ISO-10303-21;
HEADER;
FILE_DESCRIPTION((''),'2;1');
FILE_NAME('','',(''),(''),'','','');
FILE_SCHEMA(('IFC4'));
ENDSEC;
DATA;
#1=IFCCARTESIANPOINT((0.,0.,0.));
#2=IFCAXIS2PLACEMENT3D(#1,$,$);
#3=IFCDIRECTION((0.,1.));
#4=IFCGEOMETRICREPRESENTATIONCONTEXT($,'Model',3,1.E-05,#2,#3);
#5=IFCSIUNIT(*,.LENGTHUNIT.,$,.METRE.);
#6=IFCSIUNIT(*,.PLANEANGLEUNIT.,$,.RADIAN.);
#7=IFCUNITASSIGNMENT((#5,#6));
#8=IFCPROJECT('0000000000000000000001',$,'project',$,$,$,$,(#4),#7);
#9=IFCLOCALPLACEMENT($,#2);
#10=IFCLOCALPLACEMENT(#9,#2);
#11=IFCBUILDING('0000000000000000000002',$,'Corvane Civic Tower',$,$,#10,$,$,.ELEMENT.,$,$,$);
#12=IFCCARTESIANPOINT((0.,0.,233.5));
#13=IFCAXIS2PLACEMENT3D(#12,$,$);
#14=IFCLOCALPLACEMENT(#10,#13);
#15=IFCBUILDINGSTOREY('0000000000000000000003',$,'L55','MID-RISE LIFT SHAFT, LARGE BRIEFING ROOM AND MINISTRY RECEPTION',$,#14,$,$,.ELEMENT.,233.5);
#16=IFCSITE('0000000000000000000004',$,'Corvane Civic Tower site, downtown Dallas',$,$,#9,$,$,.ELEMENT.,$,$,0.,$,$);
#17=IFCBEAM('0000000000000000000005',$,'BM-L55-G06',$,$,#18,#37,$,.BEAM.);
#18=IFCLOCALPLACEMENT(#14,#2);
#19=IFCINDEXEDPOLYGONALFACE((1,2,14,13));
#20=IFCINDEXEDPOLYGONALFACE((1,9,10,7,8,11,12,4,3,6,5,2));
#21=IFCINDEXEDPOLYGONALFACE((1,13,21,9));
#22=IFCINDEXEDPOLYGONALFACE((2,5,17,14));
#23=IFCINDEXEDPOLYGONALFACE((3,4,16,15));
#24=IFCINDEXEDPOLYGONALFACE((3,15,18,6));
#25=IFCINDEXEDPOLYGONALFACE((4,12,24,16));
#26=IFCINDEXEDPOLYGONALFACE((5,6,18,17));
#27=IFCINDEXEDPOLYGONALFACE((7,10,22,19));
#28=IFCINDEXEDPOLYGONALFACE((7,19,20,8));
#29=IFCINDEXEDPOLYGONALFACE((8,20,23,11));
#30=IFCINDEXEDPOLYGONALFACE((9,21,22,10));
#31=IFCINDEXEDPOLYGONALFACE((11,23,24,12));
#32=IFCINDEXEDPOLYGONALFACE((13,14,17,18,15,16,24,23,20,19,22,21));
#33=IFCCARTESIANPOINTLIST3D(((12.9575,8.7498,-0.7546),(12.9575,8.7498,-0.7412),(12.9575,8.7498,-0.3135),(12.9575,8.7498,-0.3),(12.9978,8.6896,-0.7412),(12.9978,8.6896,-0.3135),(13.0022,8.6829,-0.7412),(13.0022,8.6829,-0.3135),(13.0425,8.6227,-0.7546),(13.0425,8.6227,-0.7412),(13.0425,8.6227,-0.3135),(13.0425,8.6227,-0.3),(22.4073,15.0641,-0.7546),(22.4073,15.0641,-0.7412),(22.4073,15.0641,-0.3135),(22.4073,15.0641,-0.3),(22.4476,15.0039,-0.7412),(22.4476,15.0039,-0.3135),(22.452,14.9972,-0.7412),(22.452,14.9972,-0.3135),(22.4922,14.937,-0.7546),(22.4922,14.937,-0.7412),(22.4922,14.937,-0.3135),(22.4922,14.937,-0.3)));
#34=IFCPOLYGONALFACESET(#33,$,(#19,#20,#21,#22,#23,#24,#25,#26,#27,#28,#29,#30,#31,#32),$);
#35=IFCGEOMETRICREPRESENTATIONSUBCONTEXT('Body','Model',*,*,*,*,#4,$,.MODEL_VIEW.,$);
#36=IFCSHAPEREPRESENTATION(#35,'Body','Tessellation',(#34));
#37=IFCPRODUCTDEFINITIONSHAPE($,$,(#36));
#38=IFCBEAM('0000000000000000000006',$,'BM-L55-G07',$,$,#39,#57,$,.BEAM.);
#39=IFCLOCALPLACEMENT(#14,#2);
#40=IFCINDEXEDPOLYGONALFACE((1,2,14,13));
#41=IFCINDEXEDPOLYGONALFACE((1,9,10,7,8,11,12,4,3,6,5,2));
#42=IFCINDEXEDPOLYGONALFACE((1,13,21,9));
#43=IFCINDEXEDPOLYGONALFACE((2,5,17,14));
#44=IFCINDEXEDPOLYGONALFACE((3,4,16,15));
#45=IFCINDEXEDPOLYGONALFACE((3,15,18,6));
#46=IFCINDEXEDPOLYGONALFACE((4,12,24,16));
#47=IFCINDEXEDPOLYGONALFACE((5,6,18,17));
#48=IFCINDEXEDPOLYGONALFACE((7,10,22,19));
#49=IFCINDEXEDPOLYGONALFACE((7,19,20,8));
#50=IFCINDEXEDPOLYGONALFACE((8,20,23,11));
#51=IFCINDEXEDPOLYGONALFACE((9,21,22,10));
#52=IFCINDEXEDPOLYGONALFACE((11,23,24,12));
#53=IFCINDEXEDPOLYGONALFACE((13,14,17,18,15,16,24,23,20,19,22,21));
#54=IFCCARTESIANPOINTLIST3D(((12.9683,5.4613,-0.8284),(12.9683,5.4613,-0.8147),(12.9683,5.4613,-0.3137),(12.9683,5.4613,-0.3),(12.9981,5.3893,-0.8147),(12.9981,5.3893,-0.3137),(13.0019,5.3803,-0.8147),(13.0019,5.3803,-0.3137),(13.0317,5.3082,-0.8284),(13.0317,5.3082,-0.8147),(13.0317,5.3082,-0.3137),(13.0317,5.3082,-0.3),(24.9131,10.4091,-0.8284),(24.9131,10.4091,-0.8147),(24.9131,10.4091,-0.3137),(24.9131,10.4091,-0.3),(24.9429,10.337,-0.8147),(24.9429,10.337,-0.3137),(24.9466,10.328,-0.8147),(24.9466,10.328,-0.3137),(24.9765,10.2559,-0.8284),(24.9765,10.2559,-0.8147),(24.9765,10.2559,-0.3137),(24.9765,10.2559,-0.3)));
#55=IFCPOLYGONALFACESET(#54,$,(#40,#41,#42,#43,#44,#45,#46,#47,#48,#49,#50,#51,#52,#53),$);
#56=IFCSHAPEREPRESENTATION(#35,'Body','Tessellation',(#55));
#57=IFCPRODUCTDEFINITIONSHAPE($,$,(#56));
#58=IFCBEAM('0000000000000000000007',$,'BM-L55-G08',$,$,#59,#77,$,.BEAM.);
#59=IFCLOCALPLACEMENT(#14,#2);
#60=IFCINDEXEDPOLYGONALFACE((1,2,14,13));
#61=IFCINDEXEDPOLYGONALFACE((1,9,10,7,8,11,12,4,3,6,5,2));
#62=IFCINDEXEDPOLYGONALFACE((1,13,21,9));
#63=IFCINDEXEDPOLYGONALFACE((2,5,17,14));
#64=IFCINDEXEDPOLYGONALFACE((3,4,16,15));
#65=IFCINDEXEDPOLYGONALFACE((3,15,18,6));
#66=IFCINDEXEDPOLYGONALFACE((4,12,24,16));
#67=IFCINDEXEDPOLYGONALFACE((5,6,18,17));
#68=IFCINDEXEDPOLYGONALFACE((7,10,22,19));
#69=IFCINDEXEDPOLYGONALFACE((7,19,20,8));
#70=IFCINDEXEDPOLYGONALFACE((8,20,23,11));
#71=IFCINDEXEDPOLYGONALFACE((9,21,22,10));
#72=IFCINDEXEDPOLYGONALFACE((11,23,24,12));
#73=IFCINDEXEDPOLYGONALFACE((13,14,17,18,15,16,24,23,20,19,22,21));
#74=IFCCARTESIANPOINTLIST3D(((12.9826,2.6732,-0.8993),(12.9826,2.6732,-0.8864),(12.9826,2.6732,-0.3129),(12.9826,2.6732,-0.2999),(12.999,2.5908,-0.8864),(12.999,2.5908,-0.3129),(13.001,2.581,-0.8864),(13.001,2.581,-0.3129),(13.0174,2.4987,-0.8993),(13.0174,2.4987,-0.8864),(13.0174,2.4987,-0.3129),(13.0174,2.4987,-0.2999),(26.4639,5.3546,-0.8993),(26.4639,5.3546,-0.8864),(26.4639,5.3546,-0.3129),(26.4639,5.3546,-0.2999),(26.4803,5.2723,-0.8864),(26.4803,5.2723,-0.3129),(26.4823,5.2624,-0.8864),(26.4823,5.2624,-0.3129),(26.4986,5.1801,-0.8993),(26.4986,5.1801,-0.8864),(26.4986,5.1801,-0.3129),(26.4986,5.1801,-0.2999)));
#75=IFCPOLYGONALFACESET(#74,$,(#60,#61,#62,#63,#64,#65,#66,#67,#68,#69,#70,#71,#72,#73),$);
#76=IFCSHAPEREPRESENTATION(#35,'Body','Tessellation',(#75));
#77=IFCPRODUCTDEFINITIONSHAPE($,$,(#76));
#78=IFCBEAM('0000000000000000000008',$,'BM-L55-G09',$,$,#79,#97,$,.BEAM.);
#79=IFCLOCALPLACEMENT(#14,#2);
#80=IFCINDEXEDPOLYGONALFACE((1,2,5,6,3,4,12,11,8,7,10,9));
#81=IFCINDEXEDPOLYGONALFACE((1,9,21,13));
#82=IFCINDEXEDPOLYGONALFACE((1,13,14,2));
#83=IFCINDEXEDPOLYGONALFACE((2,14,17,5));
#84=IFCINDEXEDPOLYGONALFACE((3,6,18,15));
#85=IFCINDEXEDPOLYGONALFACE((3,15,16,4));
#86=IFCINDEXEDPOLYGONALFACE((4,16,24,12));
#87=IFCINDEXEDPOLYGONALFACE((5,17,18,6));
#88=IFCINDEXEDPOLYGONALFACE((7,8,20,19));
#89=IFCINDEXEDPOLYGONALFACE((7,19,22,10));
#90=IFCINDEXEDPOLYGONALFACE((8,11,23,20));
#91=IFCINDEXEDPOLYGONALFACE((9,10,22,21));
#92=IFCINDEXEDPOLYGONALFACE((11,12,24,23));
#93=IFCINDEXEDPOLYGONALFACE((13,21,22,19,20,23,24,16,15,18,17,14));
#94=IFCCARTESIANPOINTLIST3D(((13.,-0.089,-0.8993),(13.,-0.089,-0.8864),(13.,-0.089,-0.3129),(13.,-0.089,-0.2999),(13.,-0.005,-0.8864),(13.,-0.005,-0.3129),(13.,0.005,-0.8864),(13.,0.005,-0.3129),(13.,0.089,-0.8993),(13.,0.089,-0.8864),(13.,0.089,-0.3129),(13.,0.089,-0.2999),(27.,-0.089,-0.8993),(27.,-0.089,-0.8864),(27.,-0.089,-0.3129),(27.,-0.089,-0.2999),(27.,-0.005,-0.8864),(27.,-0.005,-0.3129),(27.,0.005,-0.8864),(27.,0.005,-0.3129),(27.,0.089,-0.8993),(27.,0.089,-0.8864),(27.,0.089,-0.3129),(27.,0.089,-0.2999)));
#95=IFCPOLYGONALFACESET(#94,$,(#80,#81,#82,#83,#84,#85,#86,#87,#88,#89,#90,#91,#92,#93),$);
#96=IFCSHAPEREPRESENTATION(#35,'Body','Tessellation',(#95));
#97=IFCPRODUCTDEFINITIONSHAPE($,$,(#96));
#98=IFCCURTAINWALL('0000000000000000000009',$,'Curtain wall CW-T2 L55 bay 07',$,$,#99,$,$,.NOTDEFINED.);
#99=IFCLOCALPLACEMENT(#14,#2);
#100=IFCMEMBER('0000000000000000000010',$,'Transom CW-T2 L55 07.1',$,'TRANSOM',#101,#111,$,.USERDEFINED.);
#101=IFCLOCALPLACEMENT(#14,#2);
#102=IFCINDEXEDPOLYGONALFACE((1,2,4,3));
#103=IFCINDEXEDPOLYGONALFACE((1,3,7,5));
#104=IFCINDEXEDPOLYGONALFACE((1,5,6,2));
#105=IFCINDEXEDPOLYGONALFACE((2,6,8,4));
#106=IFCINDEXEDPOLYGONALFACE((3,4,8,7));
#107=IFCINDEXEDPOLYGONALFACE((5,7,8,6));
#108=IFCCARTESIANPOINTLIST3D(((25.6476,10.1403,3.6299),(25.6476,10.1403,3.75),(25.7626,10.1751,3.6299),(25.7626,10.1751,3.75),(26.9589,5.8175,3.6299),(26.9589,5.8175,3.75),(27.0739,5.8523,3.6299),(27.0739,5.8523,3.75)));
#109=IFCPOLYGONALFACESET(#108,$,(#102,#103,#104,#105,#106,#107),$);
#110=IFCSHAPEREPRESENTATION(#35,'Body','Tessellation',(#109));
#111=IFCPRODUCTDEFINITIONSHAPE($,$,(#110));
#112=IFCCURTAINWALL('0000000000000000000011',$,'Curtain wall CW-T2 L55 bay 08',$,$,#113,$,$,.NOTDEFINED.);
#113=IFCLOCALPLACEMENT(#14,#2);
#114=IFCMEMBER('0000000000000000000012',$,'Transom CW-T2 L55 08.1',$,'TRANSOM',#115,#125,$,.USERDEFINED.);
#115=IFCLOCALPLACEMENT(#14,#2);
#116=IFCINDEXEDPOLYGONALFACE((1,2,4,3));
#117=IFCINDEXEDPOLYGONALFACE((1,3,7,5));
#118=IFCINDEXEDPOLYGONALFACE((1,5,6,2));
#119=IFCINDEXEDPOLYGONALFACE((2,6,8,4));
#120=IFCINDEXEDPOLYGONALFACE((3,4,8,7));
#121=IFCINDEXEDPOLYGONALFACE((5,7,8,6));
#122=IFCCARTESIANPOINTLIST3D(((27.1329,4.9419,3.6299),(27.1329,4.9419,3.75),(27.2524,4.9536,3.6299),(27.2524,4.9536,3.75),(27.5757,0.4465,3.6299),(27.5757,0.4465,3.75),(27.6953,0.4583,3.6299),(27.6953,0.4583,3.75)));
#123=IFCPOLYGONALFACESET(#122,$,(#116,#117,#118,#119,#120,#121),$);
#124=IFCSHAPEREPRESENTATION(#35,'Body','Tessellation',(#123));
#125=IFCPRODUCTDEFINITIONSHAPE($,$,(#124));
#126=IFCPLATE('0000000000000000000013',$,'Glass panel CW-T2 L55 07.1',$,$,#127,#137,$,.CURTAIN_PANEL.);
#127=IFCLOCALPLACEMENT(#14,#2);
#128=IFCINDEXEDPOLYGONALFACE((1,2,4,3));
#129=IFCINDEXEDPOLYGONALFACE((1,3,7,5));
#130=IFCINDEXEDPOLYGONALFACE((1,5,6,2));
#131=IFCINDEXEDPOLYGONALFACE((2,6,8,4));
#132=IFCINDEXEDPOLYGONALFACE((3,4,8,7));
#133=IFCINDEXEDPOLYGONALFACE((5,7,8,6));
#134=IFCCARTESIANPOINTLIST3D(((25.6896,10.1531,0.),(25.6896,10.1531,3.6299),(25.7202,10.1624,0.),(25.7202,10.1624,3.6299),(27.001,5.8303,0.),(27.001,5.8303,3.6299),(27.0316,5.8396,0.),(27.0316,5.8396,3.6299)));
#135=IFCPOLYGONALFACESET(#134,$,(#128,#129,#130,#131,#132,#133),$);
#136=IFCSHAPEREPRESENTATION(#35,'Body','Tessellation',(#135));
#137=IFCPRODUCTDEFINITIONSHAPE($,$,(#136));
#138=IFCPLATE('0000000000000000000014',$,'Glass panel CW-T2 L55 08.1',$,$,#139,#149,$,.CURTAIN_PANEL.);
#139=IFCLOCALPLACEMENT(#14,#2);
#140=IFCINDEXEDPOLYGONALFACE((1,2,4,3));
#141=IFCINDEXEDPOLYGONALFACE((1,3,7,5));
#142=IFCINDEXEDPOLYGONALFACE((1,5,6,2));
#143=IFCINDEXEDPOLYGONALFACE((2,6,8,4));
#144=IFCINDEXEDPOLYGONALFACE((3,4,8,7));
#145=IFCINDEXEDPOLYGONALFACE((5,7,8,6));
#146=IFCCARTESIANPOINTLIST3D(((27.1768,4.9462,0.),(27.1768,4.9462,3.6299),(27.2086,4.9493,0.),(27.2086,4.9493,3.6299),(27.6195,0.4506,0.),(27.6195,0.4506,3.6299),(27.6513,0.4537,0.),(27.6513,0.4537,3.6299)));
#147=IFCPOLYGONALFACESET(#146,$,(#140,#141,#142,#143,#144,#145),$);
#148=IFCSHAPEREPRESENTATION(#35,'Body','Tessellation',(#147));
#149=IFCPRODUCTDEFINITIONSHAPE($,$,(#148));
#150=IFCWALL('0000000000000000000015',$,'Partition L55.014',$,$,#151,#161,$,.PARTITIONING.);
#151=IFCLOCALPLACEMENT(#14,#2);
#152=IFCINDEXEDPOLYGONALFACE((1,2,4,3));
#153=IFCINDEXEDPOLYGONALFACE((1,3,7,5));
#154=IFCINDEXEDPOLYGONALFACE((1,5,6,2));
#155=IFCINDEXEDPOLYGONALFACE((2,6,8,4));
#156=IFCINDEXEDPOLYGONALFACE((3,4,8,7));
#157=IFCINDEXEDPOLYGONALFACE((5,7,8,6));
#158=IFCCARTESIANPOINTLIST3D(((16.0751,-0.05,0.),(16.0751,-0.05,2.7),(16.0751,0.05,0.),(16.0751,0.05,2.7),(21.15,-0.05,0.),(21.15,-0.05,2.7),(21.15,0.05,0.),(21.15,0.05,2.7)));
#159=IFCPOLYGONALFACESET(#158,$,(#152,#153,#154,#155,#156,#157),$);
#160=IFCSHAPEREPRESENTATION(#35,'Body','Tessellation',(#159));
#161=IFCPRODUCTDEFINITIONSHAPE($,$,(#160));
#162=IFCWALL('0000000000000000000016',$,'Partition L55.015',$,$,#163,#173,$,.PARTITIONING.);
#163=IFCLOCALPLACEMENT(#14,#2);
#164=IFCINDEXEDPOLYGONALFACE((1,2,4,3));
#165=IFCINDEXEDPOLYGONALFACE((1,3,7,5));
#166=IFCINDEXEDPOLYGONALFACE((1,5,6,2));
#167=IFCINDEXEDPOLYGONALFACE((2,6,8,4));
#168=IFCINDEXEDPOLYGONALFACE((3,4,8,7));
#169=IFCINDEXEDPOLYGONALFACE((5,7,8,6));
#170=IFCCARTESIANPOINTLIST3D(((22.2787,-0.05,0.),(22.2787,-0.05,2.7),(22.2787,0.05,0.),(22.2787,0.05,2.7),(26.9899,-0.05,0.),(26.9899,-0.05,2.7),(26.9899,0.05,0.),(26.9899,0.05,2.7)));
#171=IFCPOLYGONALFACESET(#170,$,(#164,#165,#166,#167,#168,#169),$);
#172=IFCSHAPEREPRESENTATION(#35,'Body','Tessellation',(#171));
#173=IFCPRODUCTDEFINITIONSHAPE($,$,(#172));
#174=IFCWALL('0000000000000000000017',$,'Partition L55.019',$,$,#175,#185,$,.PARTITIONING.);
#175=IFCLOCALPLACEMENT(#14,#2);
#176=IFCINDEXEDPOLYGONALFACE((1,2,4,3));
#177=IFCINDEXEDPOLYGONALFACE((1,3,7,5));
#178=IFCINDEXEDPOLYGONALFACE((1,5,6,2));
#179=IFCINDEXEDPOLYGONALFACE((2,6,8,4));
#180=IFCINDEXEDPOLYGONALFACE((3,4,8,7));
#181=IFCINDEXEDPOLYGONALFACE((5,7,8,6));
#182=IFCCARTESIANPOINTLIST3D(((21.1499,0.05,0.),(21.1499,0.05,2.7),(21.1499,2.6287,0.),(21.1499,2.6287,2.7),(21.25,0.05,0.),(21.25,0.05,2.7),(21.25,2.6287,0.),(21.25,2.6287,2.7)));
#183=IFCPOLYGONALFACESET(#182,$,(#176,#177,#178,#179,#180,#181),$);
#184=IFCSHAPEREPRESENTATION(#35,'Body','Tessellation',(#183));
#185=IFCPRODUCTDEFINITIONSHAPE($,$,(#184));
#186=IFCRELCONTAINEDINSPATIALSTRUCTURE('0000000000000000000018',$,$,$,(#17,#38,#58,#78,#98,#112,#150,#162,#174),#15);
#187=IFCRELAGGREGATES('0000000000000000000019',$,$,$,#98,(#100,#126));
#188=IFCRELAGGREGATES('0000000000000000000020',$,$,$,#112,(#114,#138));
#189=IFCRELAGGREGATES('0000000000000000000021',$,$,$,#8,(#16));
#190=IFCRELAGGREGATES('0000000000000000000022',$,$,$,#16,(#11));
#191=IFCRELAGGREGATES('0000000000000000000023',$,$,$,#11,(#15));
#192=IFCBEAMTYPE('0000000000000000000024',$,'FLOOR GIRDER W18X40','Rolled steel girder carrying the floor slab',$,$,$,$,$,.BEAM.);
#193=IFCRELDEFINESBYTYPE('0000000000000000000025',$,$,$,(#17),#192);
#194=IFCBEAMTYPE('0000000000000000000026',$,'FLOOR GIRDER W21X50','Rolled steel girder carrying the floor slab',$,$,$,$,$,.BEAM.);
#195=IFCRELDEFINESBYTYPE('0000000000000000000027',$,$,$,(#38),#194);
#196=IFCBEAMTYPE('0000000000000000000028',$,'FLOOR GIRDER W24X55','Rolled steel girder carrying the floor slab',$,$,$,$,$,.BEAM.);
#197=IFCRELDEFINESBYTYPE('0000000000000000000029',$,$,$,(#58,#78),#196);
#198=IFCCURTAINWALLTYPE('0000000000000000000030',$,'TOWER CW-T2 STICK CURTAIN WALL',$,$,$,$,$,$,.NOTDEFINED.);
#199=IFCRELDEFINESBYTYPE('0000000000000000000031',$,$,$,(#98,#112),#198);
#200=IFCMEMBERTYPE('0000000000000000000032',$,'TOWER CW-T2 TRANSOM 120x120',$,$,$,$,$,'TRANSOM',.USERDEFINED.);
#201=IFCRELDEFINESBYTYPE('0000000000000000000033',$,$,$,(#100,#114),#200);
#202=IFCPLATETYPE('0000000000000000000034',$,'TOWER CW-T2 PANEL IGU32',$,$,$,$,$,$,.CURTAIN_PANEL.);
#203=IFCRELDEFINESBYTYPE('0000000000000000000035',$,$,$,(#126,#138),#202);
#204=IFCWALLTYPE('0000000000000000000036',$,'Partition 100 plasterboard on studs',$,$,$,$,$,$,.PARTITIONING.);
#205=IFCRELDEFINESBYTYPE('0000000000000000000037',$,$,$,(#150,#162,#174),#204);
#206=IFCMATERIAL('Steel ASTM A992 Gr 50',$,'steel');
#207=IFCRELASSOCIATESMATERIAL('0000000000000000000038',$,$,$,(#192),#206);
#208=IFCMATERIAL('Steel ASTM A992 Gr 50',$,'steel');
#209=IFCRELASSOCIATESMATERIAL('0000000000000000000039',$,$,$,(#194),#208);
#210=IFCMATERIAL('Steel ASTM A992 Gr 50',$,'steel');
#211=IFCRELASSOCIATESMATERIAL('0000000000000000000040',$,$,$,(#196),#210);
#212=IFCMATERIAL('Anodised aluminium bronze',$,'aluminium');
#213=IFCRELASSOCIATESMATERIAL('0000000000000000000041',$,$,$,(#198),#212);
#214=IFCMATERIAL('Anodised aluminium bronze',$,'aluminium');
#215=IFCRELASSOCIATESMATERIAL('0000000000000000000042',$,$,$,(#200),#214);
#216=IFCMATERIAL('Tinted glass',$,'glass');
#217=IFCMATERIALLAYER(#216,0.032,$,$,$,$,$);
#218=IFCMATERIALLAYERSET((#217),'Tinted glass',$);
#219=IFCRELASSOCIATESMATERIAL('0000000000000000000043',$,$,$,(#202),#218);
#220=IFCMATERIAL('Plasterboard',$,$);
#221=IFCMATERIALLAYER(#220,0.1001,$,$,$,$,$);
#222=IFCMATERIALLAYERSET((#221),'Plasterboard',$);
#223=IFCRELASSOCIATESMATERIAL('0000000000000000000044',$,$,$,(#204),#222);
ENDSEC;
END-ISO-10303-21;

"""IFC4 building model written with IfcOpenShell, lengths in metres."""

from ifc_helpers import new_model, si_unit, direction, frame, frame_2d, origin, origin_2d, place, context, subcontext, project, spatial, rectangle, i_section, extrude, material, layer, layer_set, material_profile, profile_set, type_object, element, aggregate, save


model = new_model("IFC4")

# Units and contexts
model_context = context("Model", 3, precision=1e-05, world=origin(), true_north=direction((0.0, 1.0)))
body_context = subcontext(model_context, "Body", "Model", "MODEL_VIEW")
ifc_project = project(units=[si_unit("LENGTHUNIT", "METRE"), si_unit("PLANEANGLEUNIT", "RADIAN")], contexts=[model_context])

# Site, building, storey
site_placement = place(None, origin())
site = spatial("IfcSite", under=ifc_project, at=site_placement, Name="Corvane Civic Tower site, downtown Dallas", CompositionType="ELEMENT", RefElevation=0.0)
building_placement = place(site_placement, origin())
building = spatial("IfcBuilding", under=site, at=building_placement, Name="Corvane Civic Tower", CompositionType="ELEMENT")
storey_placement = place(building_placement, frame((0.0, 0.0, 233.5)))
storey = spatial("IfcBuildingStorey", under=building, at=storey_placement, Name="L55", Description="MID-RISE LIFT SHAFT, LARGE BRIEFING ROOM AND MINISTRY RECEPTION", CompositionType="ELEMENT", Elevation=233.5)

# Beams
ifc_material_1 = material(Name="Steel ASTM A992 Gr 50", Category="steel")
ifc_material_profile_1 = material_profile(ifc_material_1, i_section(OverallWidth=0.1528, OverallDepth=0.4546, WebThickness=0.0081, FlangeThickness=0.0134, at=origin_2d()), Name="W18X40")
ifc_profile_set_1 = profile_set([ifc_material_profile_1], Name="Steel ASTM A992 Gr 50")
beam_type_1 = type_object("IfcBeamType", Name="FLOOR GIRDER W18X40", Description="Rolled steel girder carrying the floor slab", PredefinedType="BEAM", material=ifc_profile_set_1)
beam_1_placement = place(storey_placement, frame((13.0, 8.6863, -0.5273), z_axis=(0.831465, 0.555577, 0.0), x_axis=(-0.555577, 0.831465, 0.0)))
element("IfcBeam", 1, at=beam_1_placement, inside=storey, type_object=beam_type_1, Name="BM-L55-G06", PredefinedType="BEAM", context=body_context, shape_type="SweptSolid", body=[
    extrude(i_section(OverallWidth=0.1528, OverallDepth=0.4546, WebThickness=0.0081, FlangeThickness=0.0134, at=origin_2d()), origin(), (0.0, 0.0, 1.0), 11.3652),
])
ifc_material_2 = material(Name="Steel ASTM A992 Gr 50", Category="steel")
ifc_material_profile_2 = material_profile(ifc_material_2, i_section(OverallWidth=0.1658, OverallDepth=0.5283, WebThickness=0.0098, FlangeThickness=0.0137, at=origin_2d()), Name="W21X50")
ifc_profile_set_2 = profile_set([ifc_material_profile_2], Name="Steel ASTM A992 Gr 50")
beam_type_2 = type_object("IfcBeamType", Name="FLOOR GIRDER W21X50", Description="Rolled steel girder carrying the floor slab", PredefinedType="BEAM", material=ifc_profile_set_2)
beam_2_placement = place(storey_placement, frame((13.0, 5.3848, -0.5642), z_axis=(0.923878, 0.382686, 0.0), x_axis=(-0.382686, 0.923878, 0.0)))
element("IfcBeam", 2, at=beam_2_placement, inside=storey, type_object=beam_type_2, Name="BM-L55-G07", PredefinedType="BEAM", context=body_context, shape_type="SweptSolid", body=[
    extrude(i_section(OverallWidth=0.1658, OverallDepth=0.5283, WebThickness=0.0098, FlangeThickness=0.0137, at=origin_2d()), origin(), (0.0, 0.0, 1.0), 12.929),
])
ifc_material_3 = material(Name="Steel ASTM A992 Gr 50", Category="steel")
ifc_material_profile_3 = material_profile(ifc_material_3, i_section(OverallWidth=0.178, OverallDepth=0.5994, WebThickness=0.01, FlangeThickness=0.0129, at=origin_2d()), Name="W24X55")
ifc_profile_set_3 = profile_set([ifc_material_profile_3], Name="Steel ASTM A992 Gr 50")
beam_type_3 = type_object("IfcBeamType", Name="FLOOR GIRDER W24X55", Description="Rolled steel girder carrying the floor slab", PredefinedType="BEAM", material=ifc_profile_set_3)
beam_3_placement = place(storey_placement, frame((13.0, 2.5859, -0.5996), z_axis=(0.980788, 0.195078, 0.0), x_axis=(-0.195078, 0.980788, 0.0)))
element("IfcBeam", 3, at=beam_3_placement, inside=storey, type_object=beam_type_3, Name="BM-L55-G08", PredefinedType="BEAM", context=body_context, shape_type="SweptSolid", body=[
    extrude(i_section(OverallWidth=0.178, OverallDepth=0.5994, WebThickness=0.01, FlangeThickness=0.0129, at=origin_2d()), origin(), (0.0, 0.0, 1.0), 13.7454),
])
beam_4_placement = place(storey_placement, frame((13.0, 0.0, -0.5996), z_axis=(1.0, 0.0, 0.0), x_axis=(0.0, 1.0, 0.0)))
element("IfcBeam", 4, at=beam_4_placement, inside=storey, type_object=beam_type_3, Name="BM-L55-G09", PredefinedType="BEAM", context=body_context, shape_type="SweptSolid", body=[
    extrude(i_section(OverallWidth=0.178, OverallDepth=0.5994, WebThickness=0.01, FlangeThickness=0.0129, at=origin_2d()), origin(), (0.0, 0.0, 1.0), 14.0),
])

# Curtain walls, members
ifc_material_4 = material(Name="Anodised aluminium bronze", Category="aluminium")
curtain_wall_type = type_object("IfcCurtainWallType", Name="TOWER CW-T2 STICK CURTAIN WALL", PredefinedType="NOTDEFINED", material=ifc_material_4)
curtain_wall_1_placement = place(storey_placement, origin())
curtain_wall_1 = element("IfcCurtainWall", 5, at=curtain_wall_1_placement, inside=storey, type_object=curtain_wall_type, Name="Curtain wall CW-T2 L55 bay 07", PredefinedType="NOTDEFINED")
ifc_material_5 = material(Name="Anodised aluminium bronze", Category="aluminium")
ifc_material_profile_4 = material_profile(ifc_material_5, rectangle(XDim=0.1201, YDim=0.1201, at=origin_2d()), Name="TOWER CW-T2 TRANSOM 120x120")
ifc_profile_set_4 = profile_set([ifc_material_profile_4], Name="Anodised aluminium bronze")
member_type = type_object("IfcMemberType", Name="TOWER CW-T2 TRANSOM 120x120", ElementType="TRANSOM", PredefinedType="USERDEFINED", material=ifc_profile_set_4)
member_1_placement = place(storey_placement, frame((25.7051, 10.1577, 3.6899), z_axis=(0.290282, -0.956941, 0.0), x_axis=(0.956941, 0.290282, 0.0)))
member_1 = element("IfcMember", 6, at=member_1_placement, type_object=member_type, Name="Transom CW-T2 L55 07.1", ObjectType="TRANSOM", PredefinedType="USERDEFINED", context=body_context, shape_type="SweptSolid", body=[
    extrude(rectangle(XDim=0.1201, YDim=0.1201, at=origin_2d()), origin(), (0.0, 0.0, 1.0), 4.5173),
])
curtain_wall_2_placement = place(storey_placement, origin())
curtain_wall_2 = element("IfcCurtainWall", 7, at=curtain_wall_2_placement, inside=storey, type_object=curtain_wall_type, Name="Curtain wall CW-T2 L55 bay 08", PredefinedType="NOTDEFINED")
member_2_placement = place(storey_placement, frame((27.1926, 4.9478, 3.6899), z_axis=(0.098043, -0.995182, 0.0), x_axis=(0.995182, 0.098043, 0.0)))
member_2 = element("IfcMember", 8, at=member_2_placement, type_object=member_type, Name="Transom CW-T2 L55 08.1", ObjectType="TRANSOM", PredefinedType="USERDEFINED", context=body_context, shape_type="SweptSolid", body=[
    extrude(rectangle(XDim=0.1201, YDim=0.1201, at=origin_2d()), origin(), (0.0, 0.0, 1.0), 4.5171),
])

# Plates
ifc_material_6 = material(Name="Tinted glass", Category="glass")
ifc_layer_1 = layer(ifc_material_6, 0.032)
ifc_layer_set_1 = layer_set([ifc_layer_1], Name="Tinted glass")
plate_type = type_object("IfcPlateType", Name="TOWER CW-T2 PANEL IGU32", PredefinedType="CURTAIN_PANEL", material=ifc_layer_set_1)
plate_1_placement = place(storey_placement, frame((26.3606, 7.9963, 0.0), z_axis=(0.0, 0.0, 1.0), x_axis=(0.29029, -0.956939, 0.0)))
plate_1 = element("IfcPlate", 9, at=plate_1_placement, type_object=plate_type, Name="Glass panel CW-T2 L55 07.1", PredefinedType="CURTAIN_PANEL", context=body_context, shape_type="SweptSolid", body=[
    extrude(rectangle(XDim=4.5173, YDim=0.032, at=origin_2d()), origin(), (0.0, 0.0, 1.0), 3.6299),
])
aggregate(curtain_wall_1, [member_1, plate_1])
plate_2_placement = place(storey_placement, frame((27.4141, 2.7, 0.0), z_axis=(0.0, 0.0, 1.0), x_axis=(0.097993, -0.995187, 0.0)))
plate_2 = element("IfcPlate", 10, at=plate_2_placement, type_object=plate_type, Name="Glass panel CW-T2 L55 08.1", PredefinedType="CURTAIN_PANEL", context=body_context, shape_type="SweptSolid", body=[
    extrude(rectangle(XDim=4.5173, YDim=0.032, at=origin_2d()), origin(), (0.0, 0.0, 1.0), 3.6299),
])
aggregate(curtain_wall_2, [member_2, plate_2])

# Walls
ifc_material_7 = material(Name="Plasterboard")
ifc_layer_2 = layer(ifc_material_7, 0.1001)
ifc_layer_set_2 = layer_set([ifc_layer_2], Name="Plasterboard")
wall_type = type_object("IfcWallType", Name="Partition 100 plasterboard on studs", PredefinedType="PARTITIONING", material=ifc_layer_set_2)
wall_1_placement = place(storey_placement, frame((16.075, 0.0, 0.0), z_axis=(0.0, 0.0, 1.0), x_axis=(1.0, 0.0, 0.0)))
element("IfcWall", 11, at=wall_1_placement, inside=storey, type_object=wall_type, Name="Partition L55.014", PredefinedType="PARTITIONING", context=body_context, shape_type="SweptSolid", body=[
    extrude(rectangle(XDim=5.075, YDim=0.1001, at=frame_2d((2.5376, 0.0))), origin(), (0.0, 0.0, 1.0), 2.7),
])
wall_2_placement = place(storey_placement, frame((22.2788, 0.0, 0.0), z_axis=(0.0, 0.0, 1.0), x_axis=(1.0, 0.0, 0.0)))
element("IfcWall", 12, at=wall_2_placement, inside=storey, type_object=wall_type, Name="Partition L55.015", PredefinedType="PARTITIONING", context=body_context, shape_type="SweptSolid", body=[
    extrude(rectangle(XDim=4.7112, YDim=0.1001, at=frame_2d((2.3555, 0.0))), origin(), (0.0, 0.0, 1.0), 2.7),
])
wall_3_placement = place(storey_placement, frame((21.2, 0.05, 0.0), z_axis=(0.0, 0.0, 1.0), x_axis=(0.0, 1.0, 0.0)))
element("IfcWall", 13, at=wall_3_placement, inside=storey, type_object=wall_type, Name="Partition L55.019", PredefinedType="PARTITIONING", context=body_context, shape_type="SweptSolid", body=[
    extrude(rectangle(XDim=2.5786, YDim=0.1001, at=frame_2d((1.2893, 0.0))), origin(), (0.0, 0.0, 1.0), 2.7),
])

save(model, "model.ifc")
